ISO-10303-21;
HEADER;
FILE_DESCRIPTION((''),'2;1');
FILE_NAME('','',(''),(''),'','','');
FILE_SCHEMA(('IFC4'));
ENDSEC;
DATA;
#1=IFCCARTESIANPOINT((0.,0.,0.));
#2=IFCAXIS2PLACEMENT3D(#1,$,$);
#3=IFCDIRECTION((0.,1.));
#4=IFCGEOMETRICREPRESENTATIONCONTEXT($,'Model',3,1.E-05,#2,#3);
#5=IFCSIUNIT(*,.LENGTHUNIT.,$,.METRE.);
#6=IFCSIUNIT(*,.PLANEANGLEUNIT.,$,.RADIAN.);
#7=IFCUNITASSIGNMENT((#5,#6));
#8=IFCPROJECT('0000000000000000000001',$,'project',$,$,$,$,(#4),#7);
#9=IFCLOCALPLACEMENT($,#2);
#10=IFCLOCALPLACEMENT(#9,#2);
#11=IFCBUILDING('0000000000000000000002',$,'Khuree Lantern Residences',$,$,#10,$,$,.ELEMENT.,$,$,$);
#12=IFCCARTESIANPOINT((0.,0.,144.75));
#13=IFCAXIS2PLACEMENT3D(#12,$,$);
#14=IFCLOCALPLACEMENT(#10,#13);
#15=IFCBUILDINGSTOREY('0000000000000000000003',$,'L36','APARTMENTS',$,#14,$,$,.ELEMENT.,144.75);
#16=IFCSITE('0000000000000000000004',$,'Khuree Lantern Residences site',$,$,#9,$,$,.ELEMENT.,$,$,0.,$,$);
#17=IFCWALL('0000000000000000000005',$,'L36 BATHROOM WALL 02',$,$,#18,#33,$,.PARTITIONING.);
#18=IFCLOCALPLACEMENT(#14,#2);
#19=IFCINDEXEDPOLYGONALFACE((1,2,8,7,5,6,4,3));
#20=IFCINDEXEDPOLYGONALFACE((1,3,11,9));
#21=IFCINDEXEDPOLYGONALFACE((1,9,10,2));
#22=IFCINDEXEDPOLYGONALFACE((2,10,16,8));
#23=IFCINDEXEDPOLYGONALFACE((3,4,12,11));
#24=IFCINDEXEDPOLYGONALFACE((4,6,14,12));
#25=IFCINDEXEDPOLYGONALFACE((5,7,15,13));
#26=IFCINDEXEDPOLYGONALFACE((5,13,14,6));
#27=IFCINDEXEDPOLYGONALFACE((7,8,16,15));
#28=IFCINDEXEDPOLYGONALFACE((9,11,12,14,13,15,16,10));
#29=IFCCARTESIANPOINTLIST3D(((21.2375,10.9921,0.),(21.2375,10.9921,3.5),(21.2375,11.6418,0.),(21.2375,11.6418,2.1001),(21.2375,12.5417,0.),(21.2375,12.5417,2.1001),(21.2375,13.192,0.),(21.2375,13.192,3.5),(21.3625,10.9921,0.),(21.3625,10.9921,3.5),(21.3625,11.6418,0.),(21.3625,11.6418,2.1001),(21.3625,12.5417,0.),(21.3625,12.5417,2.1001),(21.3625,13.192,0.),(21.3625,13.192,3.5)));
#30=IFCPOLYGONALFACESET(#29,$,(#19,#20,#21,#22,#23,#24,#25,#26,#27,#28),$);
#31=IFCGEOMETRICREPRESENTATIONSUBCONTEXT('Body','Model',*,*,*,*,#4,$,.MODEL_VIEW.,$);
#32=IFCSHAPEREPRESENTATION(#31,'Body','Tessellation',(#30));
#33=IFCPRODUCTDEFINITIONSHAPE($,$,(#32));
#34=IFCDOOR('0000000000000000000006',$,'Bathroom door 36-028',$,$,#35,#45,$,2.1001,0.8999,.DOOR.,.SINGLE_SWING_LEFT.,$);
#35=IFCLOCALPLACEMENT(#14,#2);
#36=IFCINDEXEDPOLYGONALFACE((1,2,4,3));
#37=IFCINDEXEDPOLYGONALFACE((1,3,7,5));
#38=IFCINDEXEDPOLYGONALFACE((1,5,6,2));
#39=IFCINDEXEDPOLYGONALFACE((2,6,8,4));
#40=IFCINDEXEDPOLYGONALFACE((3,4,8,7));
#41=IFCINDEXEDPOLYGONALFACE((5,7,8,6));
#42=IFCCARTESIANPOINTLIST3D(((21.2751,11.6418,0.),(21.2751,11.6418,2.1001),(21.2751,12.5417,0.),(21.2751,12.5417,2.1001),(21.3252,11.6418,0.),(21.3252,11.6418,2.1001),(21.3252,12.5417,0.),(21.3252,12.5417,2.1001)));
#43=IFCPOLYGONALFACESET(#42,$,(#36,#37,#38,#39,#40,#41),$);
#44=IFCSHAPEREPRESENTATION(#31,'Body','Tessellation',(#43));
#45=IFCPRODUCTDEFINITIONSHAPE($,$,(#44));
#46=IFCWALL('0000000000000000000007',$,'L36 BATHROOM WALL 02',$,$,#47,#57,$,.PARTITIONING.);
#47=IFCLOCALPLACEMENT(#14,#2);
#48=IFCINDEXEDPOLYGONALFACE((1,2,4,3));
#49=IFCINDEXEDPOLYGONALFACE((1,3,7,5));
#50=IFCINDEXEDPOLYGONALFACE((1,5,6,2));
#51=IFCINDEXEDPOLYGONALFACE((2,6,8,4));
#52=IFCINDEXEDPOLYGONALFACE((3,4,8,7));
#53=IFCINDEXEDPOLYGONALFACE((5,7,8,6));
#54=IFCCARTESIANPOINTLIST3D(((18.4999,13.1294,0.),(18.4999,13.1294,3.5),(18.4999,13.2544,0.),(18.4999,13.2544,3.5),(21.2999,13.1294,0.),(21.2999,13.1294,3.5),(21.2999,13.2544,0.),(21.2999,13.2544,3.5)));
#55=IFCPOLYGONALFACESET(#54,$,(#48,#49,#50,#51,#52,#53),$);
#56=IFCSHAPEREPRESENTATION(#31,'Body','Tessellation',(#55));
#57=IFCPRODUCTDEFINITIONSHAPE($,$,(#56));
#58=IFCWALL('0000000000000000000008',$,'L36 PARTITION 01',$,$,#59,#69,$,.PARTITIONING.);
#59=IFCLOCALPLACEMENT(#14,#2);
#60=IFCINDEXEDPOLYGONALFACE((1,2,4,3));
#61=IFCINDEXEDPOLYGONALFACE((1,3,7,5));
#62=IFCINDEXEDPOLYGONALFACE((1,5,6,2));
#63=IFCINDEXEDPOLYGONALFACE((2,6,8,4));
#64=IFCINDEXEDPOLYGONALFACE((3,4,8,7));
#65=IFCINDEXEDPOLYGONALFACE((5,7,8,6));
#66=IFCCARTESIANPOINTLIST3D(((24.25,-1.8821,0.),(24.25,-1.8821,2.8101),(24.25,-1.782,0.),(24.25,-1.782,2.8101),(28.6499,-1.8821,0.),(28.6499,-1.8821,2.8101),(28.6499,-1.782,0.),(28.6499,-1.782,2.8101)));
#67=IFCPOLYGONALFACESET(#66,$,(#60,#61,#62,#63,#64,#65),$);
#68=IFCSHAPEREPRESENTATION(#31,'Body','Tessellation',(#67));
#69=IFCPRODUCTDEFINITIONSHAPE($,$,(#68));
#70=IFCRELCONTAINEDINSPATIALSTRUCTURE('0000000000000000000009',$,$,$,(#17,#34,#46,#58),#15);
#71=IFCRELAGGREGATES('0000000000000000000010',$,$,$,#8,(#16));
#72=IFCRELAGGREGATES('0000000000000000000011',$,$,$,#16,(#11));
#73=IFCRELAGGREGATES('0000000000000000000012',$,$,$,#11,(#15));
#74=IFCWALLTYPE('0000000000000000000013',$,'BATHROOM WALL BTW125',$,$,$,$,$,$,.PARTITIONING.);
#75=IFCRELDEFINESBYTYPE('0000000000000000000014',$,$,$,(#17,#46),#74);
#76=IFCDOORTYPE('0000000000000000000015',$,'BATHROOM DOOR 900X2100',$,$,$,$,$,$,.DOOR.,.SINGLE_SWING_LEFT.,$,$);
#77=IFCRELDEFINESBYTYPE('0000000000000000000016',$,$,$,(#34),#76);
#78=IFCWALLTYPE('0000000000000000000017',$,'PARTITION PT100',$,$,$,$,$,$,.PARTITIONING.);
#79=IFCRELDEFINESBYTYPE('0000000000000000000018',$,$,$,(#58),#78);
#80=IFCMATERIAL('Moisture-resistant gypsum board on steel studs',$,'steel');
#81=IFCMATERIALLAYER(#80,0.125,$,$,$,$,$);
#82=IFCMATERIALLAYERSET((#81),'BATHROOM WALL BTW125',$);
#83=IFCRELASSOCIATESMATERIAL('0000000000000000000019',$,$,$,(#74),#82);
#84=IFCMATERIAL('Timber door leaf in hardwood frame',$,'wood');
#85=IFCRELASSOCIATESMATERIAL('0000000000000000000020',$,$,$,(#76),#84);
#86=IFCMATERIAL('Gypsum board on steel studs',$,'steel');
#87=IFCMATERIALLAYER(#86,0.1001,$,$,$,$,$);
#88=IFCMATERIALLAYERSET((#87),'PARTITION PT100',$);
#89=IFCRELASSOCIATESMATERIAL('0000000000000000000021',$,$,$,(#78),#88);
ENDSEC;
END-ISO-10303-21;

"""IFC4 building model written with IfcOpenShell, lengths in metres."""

from ifc_helpers import new_model, si_unit, direction, frame, frame_2d, origin, place, context, subcontext, project, spatial, rectangle, extrude, material, layer, layer_set, type_object, element, fill, save


model = new_model("IFC4")

# Units and contexts
model_context = context("Model", 3, precision=1e-05, world=origin(), true_north=direction((0.0, 1.0)))
body_context = subcontext(model_context, "Body", "Model", "MODEL_VIEW")
ifc_project = project(units=[si_unit("LENGTHUNIT", "METRE"), si_unit("PLANEANGLEUNIT", "RADIAN")], contexts=[model_context])

# Site, building, storey
site_placement = place(None, origin())
site = spatial("IfcSite", under=ifc_project, at=site_placement, Name="Khuree Lantern Residences site", CompositionType="ELEMENT", RefElevation=0.0)
building_placement = place(site_placement, origin())
building = spatial("IfcBuilding", under=site, at=building_placement, Name="Khuree Lantern Residences", CompositionType="ELEMENT")
storey_placement = place(building_placement, frame((0.0, 0.0, 144.75)))
storey = spatial("IfcBuildingStorey", under=building, at=storey_placement, Name="L36", Description="APARTMENTS", CompositionType="ELEMENT", Elevation=144.75)

# Wall, opening, door
ifc_material_1 = material(Name="Moisture-resistant gypsum board on steel studs", Category="steel")
ifc_layer_1 = layer(ifc_material_1, 0.125)
ifc_layer_set_1 = layer_set([ifc_layer_1], Name="BATHROOM WALL BTW125")
wall_type_1 = type_object("IfcWallType", Name="BATHROOM WALL BTW125", PredefinedType="PARTITIONING", material=ifc_layer_set_1)
wall_1_placement = place(storey_placement, frame((21.3, 10.9919, 0.0), z_axis=(0.0, 0.0, 1.0), x_axis=(0.0, 1.0, 0.0)))
wall_1 = element("IfcWall", 1, at=wall_1_placement, inside=storey, type_object=wall_type_1, Name="L36 BATHROOM WALL 02", PredefinedType="PARTITIONING", context=body_context, shape_type="SweptSolid", body=[
    extrude(rectangle(XDim=2.2, YDim=0.125, at=frame_2d((1.1001, 0.0))), origin(), (0.0, 0.0, 1.0), 3.5),
])
opening_placement = place(wall_1_placement, frame((0.6499, 0.0, 0.0)))
opening = element("IfcOpeningElement", 2, at=opening_placement, cuts=wall_1, PredefinedType="OPENING", context=body_context, shape_type="SweptSolid", body=[
    extrude(rectangle(XDim=0.8999, YDim=2.1001, at=frame_2d((0.45, 1.05))), frame((0.0, 0.0725, 0.0), z_axis=(0.0, -1.0, 0.0), x_axis=(1.0, 0.0, 0.0)), (0.0, 0.0, 1.0), 0.145),
])
ifc_material_2 = material(Name="Timber door leaf in hardwood frame", Category="wood")
door_type = type_object("IfcDoorType", Name="BATHROOM DOOR 900X2100", OperationType="SINGLE_SWING_LEFT", PredefinedType="DOOR", material=ifc_material_2)
door_placement = place(opening_placement, origin())
door = element("IfcDoor", 3, at=door_placement, inside=storey, type_object=door_type, Name="Bathroom door 36-028", OperationType="SINGLE_SWING_LEFT", OverallHeight=2.1001, OverallWidth=0.8999, PredefinedType="DOOR", context=body_context, shape_type="SweptSolid", body=[
    extrude(rectangle(XDim=0.8999, YDim=2.1001, at=frame_2d((0.45, 1.05))), frame((0.0, 0.0249, 0.0), z_axis=(0.0, -1.0, 0.0), x_axis=(1.0, 0.0, 0.0)), (0.0, 0.0, 1.0), 0.05),
])
fill(opening, door)

# Walls
wall_2_placement = place(storey_placement, frame((18.5, 13.1919, 0.0), z_axis=(0.0, 0.0, 1.0), x_axis=(1.0, 0.0, 0.0)))
element("IfcWall", 4, at=wall_2_placement, inside=storey, type_object=wall_type_1, Name="L36 BATHROOM WALL 02", PredefinedType="PARTITIONING", context=body_context, shape_type="SweptSolid", body=[
    extrude(rectangle(XDim=2.8, YDim=0.125, at=frame_2d((1.3999, 0.0))), origin(), (0.0, 0.0, 1.0), 3.5),
])
ifc_material_3 = material(Name="Gypsum board on steel studs", Category="steel")
ifc_layer_2 = layer(ifc_material_3, 0.1001)
ifc_layer_set_2 = layer_set([ifc_layer_2], Name="PARTITION PT100")
wall_type_2 = type_object("IfcWallType", Name="PARTITION PT100", PredefinedType="PARTITIONING", material=ifc_layer_set_2)
wall_3_placement = place(storey_placement, frame((24.25, -1.832, 0.0), z_axis=(0.0, 0.0, 1.0), x_axis=(1.0, 0.0, 0.0)))
element("IfcWall", 5, at=wall_3_placement, inside=storey, type_object=wall_type_2, Name="L36 PARTITION 01", PredefinedType="PARTITIONING", context=body_context, shape_type="SweptSolid", body=[
    extrude(rectangle(XDim=4.3999, YDim=0.1001, at=frame_2d((2.2, 0.0))), origin(), (0.0, 0.0, 1.0), 2.8101),
])

save(model, "model.ifc")
